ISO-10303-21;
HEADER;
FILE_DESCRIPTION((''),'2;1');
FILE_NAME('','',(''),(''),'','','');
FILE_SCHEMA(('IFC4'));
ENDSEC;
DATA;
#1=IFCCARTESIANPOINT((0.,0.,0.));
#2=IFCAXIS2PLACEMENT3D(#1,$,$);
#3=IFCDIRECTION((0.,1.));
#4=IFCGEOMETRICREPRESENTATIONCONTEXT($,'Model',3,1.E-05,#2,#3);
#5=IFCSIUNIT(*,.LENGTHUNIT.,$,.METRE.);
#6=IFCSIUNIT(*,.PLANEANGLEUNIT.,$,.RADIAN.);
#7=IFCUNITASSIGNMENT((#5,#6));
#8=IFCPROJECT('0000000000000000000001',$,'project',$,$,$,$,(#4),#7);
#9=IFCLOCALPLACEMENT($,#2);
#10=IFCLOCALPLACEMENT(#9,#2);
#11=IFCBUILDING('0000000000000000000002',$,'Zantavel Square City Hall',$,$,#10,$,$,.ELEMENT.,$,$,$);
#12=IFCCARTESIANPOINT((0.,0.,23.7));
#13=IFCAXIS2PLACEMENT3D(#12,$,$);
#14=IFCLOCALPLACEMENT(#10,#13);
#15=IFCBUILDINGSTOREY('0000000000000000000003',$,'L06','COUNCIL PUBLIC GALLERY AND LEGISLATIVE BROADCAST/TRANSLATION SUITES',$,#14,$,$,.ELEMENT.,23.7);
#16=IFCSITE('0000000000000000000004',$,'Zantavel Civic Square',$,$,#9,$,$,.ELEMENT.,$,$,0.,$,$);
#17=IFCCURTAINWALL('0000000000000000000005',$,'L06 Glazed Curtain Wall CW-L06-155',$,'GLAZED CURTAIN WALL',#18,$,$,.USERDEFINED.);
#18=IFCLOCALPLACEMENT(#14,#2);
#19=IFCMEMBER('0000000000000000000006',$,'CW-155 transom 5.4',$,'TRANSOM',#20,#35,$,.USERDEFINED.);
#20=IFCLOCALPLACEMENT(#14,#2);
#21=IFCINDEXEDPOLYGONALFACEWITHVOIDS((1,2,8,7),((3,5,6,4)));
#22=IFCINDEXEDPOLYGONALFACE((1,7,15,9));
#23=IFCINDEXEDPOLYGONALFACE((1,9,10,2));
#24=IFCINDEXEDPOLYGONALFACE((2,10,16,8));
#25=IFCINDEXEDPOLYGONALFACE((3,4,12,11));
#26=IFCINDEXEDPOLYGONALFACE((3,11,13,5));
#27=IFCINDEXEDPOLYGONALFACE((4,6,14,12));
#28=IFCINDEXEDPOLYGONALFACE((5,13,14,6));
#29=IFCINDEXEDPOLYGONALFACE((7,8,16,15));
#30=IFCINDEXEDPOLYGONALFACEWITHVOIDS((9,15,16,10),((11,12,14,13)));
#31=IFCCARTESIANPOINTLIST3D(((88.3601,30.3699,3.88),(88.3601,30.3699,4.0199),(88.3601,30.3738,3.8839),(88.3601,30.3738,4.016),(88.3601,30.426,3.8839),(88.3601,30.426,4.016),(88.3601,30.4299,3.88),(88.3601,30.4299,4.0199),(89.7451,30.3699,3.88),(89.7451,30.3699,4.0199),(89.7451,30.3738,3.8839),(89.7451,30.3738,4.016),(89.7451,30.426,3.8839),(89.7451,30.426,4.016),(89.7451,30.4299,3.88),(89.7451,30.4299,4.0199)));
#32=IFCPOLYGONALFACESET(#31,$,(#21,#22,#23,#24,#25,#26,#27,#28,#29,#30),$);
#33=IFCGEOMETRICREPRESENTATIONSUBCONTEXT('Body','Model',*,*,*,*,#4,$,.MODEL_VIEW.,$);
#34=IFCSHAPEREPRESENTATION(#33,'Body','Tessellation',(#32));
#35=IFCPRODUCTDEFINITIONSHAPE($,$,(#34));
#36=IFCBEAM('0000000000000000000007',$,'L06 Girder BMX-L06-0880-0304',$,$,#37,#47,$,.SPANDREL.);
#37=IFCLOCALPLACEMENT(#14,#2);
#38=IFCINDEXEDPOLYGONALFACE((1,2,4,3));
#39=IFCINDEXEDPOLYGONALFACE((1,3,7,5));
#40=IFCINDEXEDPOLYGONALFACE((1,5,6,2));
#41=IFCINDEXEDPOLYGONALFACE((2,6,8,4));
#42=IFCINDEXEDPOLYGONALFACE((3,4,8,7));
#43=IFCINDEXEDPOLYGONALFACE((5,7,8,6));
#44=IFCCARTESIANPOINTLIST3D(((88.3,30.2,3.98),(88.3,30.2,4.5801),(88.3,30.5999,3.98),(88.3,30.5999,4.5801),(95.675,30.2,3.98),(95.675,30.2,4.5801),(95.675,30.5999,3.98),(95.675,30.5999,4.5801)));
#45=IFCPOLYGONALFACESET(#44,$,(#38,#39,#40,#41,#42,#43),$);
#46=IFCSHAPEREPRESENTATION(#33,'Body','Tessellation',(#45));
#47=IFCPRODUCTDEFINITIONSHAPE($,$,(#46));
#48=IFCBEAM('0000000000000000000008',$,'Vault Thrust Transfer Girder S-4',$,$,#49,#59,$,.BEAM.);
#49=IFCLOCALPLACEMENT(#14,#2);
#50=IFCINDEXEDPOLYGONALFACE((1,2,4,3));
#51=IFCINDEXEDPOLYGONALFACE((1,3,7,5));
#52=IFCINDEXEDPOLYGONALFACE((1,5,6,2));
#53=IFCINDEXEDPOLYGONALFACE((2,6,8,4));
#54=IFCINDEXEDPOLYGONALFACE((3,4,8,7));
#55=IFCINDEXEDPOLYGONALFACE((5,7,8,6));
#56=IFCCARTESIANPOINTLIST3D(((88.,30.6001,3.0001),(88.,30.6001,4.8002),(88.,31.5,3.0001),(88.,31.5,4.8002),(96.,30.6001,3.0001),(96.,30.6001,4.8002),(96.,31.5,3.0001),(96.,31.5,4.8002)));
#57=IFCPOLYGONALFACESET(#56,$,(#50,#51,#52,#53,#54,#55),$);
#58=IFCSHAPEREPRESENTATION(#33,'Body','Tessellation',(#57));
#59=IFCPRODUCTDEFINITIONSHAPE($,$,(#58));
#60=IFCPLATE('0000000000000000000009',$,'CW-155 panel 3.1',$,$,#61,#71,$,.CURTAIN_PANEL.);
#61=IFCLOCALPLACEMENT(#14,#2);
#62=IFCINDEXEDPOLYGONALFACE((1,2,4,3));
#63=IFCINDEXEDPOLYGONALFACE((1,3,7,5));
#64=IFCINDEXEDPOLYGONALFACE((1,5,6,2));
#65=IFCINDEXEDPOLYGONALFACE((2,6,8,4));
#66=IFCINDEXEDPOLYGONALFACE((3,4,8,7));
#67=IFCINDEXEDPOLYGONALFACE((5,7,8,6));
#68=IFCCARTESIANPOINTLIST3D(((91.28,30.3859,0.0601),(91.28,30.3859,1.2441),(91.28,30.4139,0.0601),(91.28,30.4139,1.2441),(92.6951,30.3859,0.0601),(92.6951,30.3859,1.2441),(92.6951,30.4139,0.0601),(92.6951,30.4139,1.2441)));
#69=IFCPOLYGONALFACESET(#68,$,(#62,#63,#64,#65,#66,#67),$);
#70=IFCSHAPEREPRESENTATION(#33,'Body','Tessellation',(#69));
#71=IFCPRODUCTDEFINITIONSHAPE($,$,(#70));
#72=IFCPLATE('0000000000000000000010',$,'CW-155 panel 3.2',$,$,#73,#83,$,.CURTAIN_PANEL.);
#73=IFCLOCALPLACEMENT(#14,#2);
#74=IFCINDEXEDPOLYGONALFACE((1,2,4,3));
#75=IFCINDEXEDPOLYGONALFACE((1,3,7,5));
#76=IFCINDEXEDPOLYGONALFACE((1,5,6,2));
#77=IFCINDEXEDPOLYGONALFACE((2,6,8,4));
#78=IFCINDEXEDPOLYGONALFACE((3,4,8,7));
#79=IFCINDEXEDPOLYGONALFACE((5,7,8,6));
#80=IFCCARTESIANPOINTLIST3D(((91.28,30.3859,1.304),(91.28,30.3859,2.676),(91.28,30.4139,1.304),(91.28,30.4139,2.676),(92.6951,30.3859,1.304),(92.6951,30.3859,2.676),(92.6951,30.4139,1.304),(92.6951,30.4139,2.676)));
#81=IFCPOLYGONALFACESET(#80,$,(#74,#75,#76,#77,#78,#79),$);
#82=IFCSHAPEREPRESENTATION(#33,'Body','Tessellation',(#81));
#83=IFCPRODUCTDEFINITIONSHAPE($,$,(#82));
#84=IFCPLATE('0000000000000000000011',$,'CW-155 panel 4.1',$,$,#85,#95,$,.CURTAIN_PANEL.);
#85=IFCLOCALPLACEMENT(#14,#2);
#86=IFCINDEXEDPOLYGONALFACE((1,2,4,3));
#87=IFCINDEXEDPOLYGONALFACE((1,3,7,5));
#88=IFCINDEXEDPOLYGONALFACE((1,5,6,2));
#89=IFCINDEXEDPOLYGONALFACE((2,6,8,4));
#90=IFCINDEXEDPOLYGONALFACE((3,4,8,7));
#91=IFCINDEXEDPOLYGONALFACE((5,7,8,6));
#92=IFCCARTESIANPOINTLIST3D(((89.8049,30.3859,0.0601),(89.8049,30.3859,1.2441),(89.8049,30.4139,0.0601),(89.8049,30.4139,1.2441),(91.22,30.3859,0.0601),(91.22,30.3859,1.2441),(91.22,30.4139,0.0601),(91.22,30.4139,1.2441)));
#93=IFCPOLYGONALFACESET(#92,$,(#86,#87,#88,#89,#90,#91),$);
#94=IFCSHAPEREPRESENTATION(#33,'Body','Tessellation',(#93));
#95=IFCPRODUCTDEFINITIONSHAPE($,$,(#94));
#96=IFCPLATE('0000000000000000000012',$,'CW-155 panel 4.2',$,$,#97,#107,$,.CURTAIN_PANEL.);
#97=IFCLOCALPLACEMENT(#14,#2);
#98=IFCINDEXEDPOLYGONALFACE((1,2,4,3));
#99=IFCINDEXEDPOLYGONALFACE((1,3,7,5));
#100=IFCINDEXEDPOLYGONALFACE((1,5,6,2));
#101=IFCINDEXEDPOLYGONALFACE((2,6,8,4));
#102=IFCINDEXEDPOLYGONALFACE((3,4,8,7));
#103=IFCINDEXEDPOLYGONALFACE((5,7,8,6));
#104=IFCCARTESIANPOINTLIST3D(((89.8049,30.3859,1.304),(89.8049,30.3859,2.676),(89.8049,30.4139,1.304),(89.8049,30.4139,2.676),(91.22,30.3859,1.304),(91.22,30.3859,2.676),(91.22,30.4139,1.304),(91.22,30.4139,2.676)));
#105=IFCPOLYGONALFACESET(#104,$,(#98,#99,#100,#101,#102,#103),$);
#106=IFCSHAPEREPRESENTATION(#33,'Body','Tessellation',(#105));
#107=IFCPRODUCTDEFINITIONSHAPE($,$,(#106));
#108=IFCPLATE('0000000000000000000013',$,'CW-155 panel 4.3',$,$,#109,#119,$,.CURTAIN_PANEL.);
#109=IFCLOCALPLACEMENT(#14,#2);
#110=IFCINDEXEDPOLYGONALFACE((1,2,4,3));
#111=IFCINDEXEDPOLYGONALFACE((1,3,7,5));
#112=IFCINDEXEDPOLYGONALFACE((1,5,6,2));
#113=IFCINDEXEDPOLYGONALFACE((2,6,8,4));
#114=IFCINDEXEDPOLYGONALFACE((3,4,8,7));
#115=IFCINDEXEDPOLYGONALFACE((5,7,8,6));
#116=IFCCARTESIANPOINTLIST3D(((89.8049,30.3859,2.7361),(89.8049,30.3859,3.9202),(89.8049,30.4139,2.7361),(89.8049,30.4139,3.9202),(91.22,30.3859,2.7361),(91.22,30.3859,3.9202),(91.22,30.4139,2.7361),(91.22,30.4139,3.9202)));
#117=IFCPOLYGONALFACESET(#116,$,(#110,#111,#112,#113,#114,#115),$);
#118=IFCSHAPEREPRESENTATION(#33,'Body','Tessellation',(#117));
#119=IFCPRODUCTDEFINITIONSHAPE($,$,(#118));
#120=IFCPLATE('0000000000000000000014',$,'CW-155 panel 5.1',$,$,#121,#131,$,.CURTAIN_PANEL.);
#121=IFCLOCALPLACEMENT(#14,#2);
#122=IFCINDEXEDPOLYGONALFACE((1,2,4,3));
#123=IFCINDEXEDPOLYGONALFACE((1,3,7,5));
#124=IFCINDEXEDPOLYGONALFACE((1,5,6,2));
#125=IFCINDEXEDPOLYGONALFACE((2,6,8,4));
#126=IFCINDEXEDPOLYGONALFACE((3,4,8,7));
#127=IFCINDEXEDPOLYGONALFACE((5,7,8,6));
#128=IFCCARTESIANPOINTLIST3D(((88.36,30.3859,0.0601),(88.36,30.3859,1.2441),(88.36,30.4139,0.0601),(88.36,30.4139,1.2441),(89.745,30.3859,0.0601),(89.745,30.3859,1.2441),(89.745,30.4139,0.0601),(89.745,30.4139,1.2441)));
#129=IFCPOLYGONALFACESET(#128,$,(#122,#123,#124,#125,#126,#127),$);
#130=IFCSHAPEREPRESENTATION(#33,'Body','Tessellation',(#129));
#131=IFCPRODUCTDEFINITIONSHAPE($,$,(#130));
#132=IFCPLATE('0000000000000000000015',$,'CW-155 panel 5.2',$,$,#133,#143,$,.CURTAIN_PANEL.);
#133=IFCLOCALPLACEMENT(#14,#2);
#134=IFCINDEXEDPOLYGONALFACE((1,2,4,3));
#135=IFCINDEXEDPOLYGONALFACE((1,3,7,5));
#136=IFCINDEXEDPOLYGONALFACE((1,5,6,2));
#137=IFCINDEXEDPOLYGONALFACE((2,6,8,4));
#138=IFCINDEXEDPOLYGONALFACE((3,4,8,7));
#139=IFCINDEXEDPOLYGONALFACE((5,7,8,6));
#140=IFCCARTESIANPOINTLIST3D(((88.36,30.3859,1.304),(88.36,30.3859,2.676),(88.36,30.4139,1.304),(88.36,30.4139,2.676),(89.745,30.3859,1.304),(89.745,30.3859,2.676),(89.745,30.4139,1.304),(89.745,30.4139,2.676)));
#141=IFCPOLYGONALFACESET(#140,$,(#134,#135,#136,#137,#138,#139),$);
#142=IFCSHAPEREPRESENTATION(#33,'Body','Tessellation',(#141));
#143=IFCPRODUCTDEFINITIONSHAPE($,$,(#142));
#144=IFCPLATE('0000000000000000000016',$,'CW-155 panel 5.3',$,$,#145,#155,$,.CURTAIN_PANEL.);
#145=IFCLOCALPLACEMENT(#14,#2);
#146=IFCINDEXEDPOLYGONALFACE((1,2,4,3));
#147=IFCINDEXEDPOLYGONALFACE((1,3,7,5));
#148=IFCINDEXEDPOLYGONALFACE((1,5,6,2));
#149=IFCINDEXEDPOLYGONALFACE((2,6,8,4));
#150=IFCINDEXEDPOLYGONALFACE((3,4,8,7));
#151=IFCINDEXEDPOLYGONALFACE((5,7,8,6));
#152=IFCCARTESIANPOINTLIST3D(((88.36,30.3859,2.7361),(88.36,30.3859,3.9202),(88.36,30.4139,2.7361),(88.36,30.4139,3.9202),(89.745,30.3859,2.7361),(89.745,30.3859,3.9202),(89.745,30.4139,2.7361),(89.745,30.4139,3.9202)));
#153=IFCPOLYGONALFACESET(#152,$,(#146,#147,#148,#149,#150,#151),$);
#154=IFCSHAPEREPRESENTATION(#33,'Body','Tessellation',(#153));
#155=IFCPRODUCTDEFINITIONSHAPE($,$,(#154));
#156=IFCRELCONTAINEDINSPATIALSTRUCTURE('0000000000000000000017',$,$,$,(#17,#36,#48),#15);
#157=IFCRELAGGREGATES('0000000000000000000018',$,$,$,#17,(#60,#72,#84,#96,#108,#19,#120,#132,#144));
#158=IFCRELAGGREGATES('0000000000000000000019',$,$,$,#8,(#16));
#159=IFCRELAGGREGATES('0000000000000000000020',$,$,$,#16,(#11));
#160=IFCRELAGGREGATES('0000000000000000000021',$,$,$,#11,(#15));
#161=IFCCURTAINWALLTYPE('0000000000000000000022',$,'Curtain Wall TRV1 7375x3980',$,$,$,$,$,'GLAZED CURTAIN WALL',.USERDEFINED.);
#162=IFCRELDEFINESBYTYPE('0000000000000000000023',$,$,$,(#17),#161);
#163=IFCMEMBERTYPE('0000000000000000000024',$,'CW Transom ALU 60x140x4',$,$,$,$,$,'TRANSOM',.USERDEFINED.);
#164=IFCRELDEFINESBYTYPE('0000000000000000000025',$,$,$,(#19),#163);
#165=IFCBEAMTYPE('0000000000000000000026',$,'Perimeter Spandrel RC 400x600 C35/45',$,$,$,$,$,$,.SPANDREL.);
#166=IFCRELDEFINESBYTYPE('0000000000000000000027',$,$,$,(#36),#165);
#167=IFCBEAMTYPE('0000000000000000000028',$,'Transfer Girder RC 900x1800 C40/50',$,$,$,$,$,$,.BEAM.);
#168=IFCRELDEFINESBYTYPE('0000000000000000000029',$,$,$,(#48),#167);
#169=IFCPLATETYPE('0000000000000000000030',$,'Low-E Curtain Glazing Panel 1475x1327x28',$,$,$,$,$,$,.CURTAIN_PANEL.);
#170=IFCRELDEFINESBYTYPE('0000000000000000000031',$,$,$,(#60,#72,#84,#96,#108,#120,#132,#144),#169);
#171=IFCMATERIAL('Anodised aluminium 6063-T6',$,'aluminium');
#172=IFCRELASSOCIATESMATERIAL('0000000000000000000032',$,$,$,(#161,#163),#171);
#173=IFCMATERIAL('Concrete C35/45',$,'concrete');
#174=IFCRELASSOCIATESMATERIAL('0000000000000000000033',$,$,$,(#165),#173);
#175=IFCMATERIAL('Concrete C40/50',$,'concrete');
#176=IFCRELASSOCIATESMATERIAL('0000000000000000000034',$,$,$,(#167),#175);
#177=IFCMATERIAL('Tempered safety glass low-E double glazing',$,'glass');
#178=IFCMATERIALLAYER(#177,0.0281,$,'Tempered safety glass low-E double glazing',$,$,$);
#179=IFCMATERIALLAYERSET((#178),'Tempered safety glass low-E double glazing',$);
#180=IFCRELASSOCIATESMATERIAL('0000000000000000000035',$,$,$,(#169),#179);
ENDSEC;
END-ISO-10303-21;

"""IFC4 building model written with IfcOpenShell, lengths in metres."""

from ifc_helpers import new_model, si_unit, direction, frame, origin, origin_2d, place, context, subcontext, project, spatial, rectangle, hollow_rectangle, extrude, material, layer, layer_set, material_profile, profile_set, type_object, element, aggregate, save


model = new_model("IFC4")

# Units and contexts
model_context = context("Model", 3, precision=1e-05, world=origin(), true_north=direction((0.0, 1.0)))
body_context = subcontext(model_context, "Body", "Model", "MODEL_VIEW")
ifc_project = project(units=[si_unit("LENGTHUNIT", "METRE"), si_unit("PLANEANGLEUNIT", "RADIAN")], contexts=[model_context])

# Site, building, storey
site_placement = place(None, origin())
site = spatial("IfcSite", under=ifc_project, at=site_placement, Name="Zantavel Civic Square", CompositionType="ELEMENT", RefElevation=0.0)
building_placement = place(site_placement, origin())
building = spatial("IfcBuilding", under=site, at=building_placement, Name="Zantavel Square City Hall", CompositionType="ELEMENT")
storey_placement = place(building_placement, frame((0.0, 0.0, 23.7)))
storey = spatial("IfcBuildingStorey", under=building, at=storey_placement, Name="L06", Description="COUNCIL PUBLIC GALLERY AND LEGISLATIVE BROADCAST/TRANSLATION SUITES", CompositionType="ELEMENT", Elevation=23.7)

# Shared definitions
ifc_material_1 = material(Name="Concrete C40/50", Category="concrete")

# Curtain wall, member
ifc_material_2 = material(Name="Anodised aluminium 6063-T6", Category="aluminium")
curtain_wall_type = type_object("IfcCurtainWallType", Name="Curtain Wall TRV1 7375x3980", ElementType="GLAZED CURTAIN WALL", PredefinedType="USERDEFINED", material=ifc_material_2)
curtain_wall_placement = place(storey_placement, origin())
curtain_wall = element("IfcCurtainWall", 1, at=curtain_wall_placement, inside=storey, type_object=curtain_wall_type, Name="L06 Glazed Curtain Wall CW-L06-155", ObjectType="GLAZED CURTAIN WALL", PredefinedType="USERDEFINED")
ifc_material_profile_1 = material_profile(ifc_material_2, hollow_rectangle(XDim=0.0601, YDim=0.1399, WallThickness=0.0039, at=origin_2d()), Name="ALU 60x140x4")
ifc_profile_set_1 = profile_set([ifc_material_profile_1], Name="Anodised aluminium 6063-T6")
member_type_1 = type_object("IfcMemberType", Name="CW Transom ALU 60x140x4", ElementType="TRANSOM", PredefinedType="USERDEFINED", material=ifc_profile_set_1)
member_1_placement = place(storey_placement, frame((89.7451, 30.3999, 3.95), z_axis=(-1.0, 0.0, 0.0), x_axis=(0.0, -1.0, 0.0)))
member_1 = element("IfcMember", 2, at=member_1_placement, type_object=member_type_1, Name="CW-155 transom 5.4", ObjectType="TRANSOM", PredefinedType="USERDEFINED", context=body_context, shape_type="SweptSolid", body=[
    extrude(hollow_rectangle(XDim=0.0601, YDim=0.1399, WallThickness=0.0039, at=origin_2d()), origin(), (0.0, 0.0, 1.0), 1.385),
])

# Beams
ifc_material_3 = material(Name="Concrete C35/45", Category="concrete")
ifc_material_profile_2 = material_profile(ifc_material_3, rectangle(XDim=0.3999, YDim=0.6001, at=origin_2d()), Name="RC 400x600")
ifc_profile_set_2 = profile_set([ifc_material_profile_2], Name="Concrete C35/45")
beam_type_1 = type_object("IfcBeamType", Name="Perimeter Spandrel RC 400x600 C35/45", PredefinedType="SPANDREL", material=ifc_profile_set_2)
beam_1_placement = place(storey_placement, frame((88.3, 30.3999, 4.28), z_axis=(1.0, 0.0, 0.0), x_axis=(0.0, 1.0, 0.0)))
element("IfcBeam", 3, at=beam_1_placement, inside=storey, type_object=beam_type_1, Name="L06 Girder BMX-L06-0880-0304", PredefinedType="SPANDREL", context=body_context, shape_type="SweptSolid", body=[
    extrude(rectangle(XDim=0.3999, YDim=0.6001, at=origin_2d()), origin(), (0.0, 0.0, 1.0), 7.375),
])
ifc_material_profile_3 = material_profile(ifc_material_1, rectangle(XDim=0.8999, YDim=1.8, at=origin_2d()), Name="RC 900x1800")
ifc_profile_set_3 = profile_set([ifc_material_profile_3], Name="Concrete C40/50")
beam_type_2 = type_object("IfcBeamType", Name="Transfer Girder RC 900x1800 C40/50", PredefinedType="BEAM", material=ifc_profile_set_3)
beam_2_placement = place(storey_placement, frame((88.0, 31.05, 3.9001), z_axis=(1.0, 0.0, 0.0), x_axis=(0.0, 1.0, 0.0)))
element("IfcBeam", 4, at=beam_2_placement, inside=storey, type_object=beam_type_2, Name="Vault Thrust Transfer Girder S-4", PredefinedType="BEAM", context=body_context, shape_type="SweptSolid", body=[
    extrude(rectangle(XDim=0.8999, YDim=1.8, at=origin_2d()), origin(), (0.0, 0.0, 1.0), 8.0),
])

# Plates
ifc_material_4 = material(Name="Tempered safety glass low-E double glazing", Category="glass")
ifc_layer_1 = layer(ifc_material_4, 0.0281, Name="Tempered safety glass low-E double glazing")
ifc_layer_set_1 = layer_set([ifc_layer_1], Name="Tempered safety glass low-E double glazing")
plate_type = type_object("IfcPlateType", Name="Low-E Curtain Glazing Panel 1475x1327x28", PredefinedType="CURTAIN_PANEL", material=ifc_layer_set_1)
plate_1_placement = place(storey_placement, frame((91.9875, 30.3999, 0.0601), z_axis=(0.0, 0.0, 1.0), x_axis=(-1.0, 0.0, 0.0)))
plate_1 = element("IfcPlate", 5, at=plate_1_placement, type_object=plate_type, Name="CW-155 panel 3.1", PredefinedType="CURTAIN_PANEL", context=body_context, shape_type="SweptSolid", body=[
    extrude(rectangle(XDim=1.415, YDim=0.0281, at=origin_2d()), origin(), (0.0, 0.0, 1.0), 1.1841),
])
plate_2_placement = place(storey_placement, frame((91.9875, 30.3999, 1.304), z_axis=(0.0, 0.0, 1.0), x_axis=(-1.0, 0.0, 0.0)))
plate_2 = element("IfcPlate", 6, at=plate_2_placement, type_object=plate_type, Name="CW-155 panel 3.2", PredefinedType="CURTAIN_PANEL", context=body_context, shape_type="SweptSolid", body=[
    extrude(rectangle(XDim=1.415, YDim=0.0281, at=origin_2d()), origin(), (0.0, 0.0, 1.0), 1.3721),
])
plate_3_placement = place(storey_placement, frame((90.5125, 30.3999, 0.0601), z_axis=(0.0, 0.0, 1.0), x_axis=(-1.0, 0.0, 0.0)))
plate_3 = element("IfcPlate", 7, at=plate_3_placement, type_object=plate_type, Name="CW-155 panel 4.1", PredefinedType="CURTAIN_PANEL", context=body_context, shape_type="SweptSolid", body=[
    extrude(rectangle(XDim=1.415, YDim=0.0281, at=origin_2d()), origin(), (0.0, 0.0, 1.0), 1.1841),
])
plate_4_placement = place(storey_placement, frame((90.5125, 30.3999, 1.304), z_axis=(0.0, 0.0, 1.0), x_axis=(-1.0, 0.0, 0.0)))
plate_4 = element("IfcPlate", 8, at=plate_4_placement, type_object=plate_type, Name="CW-155 panel 4.2", PredefinedType="CURTAIN_PANEL", context=body_context, shape_type="SweptSolid", body=[
    extrude(rectangle(XDim=1.415, YDim=0.0281, at=origin_2d()), origin(), (0.0, 0.0, 1.0), 1.3721),
])
plate_5_placement = place(storey_placement, frame((90.5125, 30.3999, 2.7361), z_axis=(0.0, 0.0, 1.0), x_axis=(-1.0, 0.0, 0.0)))
plate_5 = element("IfcPlate", 9, at=plate_5_placement, type_object=plate_type, Name="CW-155 panel 4.3", PredefinedType="CURTAIN_PANEL", context=body_context, shape_type="SweptSolid", body=[
    extrude(rectangle(XDim=1.415, YDim=0.0281, at=origin_2d()), origin(), (0.0, 0.0, 1.0), 1.1841),
])
plate_6_placement = place(storey_placement, frame((89.0525, 30.3999, 0.0601), z_axis=(0.0, 0.0, 1.0), x_axis=(-1.0, 0.0, 0.0)))
plate_6 = element("IfcPlate", 10, at=plate_6_placement, type_object=plate_type, Name="CW-155 panel 5.1", PredefinedType="CURTAIN_PANEL", context=body_context, shape_type="SweptSolid", body=[
    extrude(rectangle(XDim=1.385, YDim=0.0281, at=origin_2d()), origin(), (0.0, 0.0, 1.0), 1.1841),
])
plate_7_placement = place(storey_placement, frame((89.0525, 30.3999, 1.304), z_axis=(0.0, 0.0, 1.0), x_axis=(-1.0, 0.0, 0.0)))
plate_7 = element("IfcPlate", 11, at=plate_7_placement, type_object=plate_type, Name="CW-155 panel 5.2", PredefinedType="CURTAIN_PANEL", context=body_context, shape_type="SweptSolid", body=[
    extrude(rectangle(XDim=1.385, YDim=0.0281, at=origin_2d()), origin(), (0.0, 0.0, 1.0), 1.3721),
])
plate_8_placement = place(storey_placement, frame((89.0525, 30.3999, 2.7361), z_axis=(0.0, 0.0, 1.0), x_axis=(-1.0, 0.0, 0.0)))
plate_8 = element("IfcPlate", 12, at=plate_8_placement, type_object=plate_type, Name="CW-155 panel 5.3", PredefinedType="CURTAIN_PANEL", context=body_context, shape_type="SweptSolid", body=[
    extrude(rectangle(XDim=1.385, YDim=0.0281, at=origin_2d()), origin(), (0.0, 0.0, 1.0), 1.1841),
])
aggregate(curtain_wall, [plate_1, plate_2, plate_3, plate_4, plate_5, member_1, plate_6, plate_7, plate_8])

save(model, "model.ifc")
